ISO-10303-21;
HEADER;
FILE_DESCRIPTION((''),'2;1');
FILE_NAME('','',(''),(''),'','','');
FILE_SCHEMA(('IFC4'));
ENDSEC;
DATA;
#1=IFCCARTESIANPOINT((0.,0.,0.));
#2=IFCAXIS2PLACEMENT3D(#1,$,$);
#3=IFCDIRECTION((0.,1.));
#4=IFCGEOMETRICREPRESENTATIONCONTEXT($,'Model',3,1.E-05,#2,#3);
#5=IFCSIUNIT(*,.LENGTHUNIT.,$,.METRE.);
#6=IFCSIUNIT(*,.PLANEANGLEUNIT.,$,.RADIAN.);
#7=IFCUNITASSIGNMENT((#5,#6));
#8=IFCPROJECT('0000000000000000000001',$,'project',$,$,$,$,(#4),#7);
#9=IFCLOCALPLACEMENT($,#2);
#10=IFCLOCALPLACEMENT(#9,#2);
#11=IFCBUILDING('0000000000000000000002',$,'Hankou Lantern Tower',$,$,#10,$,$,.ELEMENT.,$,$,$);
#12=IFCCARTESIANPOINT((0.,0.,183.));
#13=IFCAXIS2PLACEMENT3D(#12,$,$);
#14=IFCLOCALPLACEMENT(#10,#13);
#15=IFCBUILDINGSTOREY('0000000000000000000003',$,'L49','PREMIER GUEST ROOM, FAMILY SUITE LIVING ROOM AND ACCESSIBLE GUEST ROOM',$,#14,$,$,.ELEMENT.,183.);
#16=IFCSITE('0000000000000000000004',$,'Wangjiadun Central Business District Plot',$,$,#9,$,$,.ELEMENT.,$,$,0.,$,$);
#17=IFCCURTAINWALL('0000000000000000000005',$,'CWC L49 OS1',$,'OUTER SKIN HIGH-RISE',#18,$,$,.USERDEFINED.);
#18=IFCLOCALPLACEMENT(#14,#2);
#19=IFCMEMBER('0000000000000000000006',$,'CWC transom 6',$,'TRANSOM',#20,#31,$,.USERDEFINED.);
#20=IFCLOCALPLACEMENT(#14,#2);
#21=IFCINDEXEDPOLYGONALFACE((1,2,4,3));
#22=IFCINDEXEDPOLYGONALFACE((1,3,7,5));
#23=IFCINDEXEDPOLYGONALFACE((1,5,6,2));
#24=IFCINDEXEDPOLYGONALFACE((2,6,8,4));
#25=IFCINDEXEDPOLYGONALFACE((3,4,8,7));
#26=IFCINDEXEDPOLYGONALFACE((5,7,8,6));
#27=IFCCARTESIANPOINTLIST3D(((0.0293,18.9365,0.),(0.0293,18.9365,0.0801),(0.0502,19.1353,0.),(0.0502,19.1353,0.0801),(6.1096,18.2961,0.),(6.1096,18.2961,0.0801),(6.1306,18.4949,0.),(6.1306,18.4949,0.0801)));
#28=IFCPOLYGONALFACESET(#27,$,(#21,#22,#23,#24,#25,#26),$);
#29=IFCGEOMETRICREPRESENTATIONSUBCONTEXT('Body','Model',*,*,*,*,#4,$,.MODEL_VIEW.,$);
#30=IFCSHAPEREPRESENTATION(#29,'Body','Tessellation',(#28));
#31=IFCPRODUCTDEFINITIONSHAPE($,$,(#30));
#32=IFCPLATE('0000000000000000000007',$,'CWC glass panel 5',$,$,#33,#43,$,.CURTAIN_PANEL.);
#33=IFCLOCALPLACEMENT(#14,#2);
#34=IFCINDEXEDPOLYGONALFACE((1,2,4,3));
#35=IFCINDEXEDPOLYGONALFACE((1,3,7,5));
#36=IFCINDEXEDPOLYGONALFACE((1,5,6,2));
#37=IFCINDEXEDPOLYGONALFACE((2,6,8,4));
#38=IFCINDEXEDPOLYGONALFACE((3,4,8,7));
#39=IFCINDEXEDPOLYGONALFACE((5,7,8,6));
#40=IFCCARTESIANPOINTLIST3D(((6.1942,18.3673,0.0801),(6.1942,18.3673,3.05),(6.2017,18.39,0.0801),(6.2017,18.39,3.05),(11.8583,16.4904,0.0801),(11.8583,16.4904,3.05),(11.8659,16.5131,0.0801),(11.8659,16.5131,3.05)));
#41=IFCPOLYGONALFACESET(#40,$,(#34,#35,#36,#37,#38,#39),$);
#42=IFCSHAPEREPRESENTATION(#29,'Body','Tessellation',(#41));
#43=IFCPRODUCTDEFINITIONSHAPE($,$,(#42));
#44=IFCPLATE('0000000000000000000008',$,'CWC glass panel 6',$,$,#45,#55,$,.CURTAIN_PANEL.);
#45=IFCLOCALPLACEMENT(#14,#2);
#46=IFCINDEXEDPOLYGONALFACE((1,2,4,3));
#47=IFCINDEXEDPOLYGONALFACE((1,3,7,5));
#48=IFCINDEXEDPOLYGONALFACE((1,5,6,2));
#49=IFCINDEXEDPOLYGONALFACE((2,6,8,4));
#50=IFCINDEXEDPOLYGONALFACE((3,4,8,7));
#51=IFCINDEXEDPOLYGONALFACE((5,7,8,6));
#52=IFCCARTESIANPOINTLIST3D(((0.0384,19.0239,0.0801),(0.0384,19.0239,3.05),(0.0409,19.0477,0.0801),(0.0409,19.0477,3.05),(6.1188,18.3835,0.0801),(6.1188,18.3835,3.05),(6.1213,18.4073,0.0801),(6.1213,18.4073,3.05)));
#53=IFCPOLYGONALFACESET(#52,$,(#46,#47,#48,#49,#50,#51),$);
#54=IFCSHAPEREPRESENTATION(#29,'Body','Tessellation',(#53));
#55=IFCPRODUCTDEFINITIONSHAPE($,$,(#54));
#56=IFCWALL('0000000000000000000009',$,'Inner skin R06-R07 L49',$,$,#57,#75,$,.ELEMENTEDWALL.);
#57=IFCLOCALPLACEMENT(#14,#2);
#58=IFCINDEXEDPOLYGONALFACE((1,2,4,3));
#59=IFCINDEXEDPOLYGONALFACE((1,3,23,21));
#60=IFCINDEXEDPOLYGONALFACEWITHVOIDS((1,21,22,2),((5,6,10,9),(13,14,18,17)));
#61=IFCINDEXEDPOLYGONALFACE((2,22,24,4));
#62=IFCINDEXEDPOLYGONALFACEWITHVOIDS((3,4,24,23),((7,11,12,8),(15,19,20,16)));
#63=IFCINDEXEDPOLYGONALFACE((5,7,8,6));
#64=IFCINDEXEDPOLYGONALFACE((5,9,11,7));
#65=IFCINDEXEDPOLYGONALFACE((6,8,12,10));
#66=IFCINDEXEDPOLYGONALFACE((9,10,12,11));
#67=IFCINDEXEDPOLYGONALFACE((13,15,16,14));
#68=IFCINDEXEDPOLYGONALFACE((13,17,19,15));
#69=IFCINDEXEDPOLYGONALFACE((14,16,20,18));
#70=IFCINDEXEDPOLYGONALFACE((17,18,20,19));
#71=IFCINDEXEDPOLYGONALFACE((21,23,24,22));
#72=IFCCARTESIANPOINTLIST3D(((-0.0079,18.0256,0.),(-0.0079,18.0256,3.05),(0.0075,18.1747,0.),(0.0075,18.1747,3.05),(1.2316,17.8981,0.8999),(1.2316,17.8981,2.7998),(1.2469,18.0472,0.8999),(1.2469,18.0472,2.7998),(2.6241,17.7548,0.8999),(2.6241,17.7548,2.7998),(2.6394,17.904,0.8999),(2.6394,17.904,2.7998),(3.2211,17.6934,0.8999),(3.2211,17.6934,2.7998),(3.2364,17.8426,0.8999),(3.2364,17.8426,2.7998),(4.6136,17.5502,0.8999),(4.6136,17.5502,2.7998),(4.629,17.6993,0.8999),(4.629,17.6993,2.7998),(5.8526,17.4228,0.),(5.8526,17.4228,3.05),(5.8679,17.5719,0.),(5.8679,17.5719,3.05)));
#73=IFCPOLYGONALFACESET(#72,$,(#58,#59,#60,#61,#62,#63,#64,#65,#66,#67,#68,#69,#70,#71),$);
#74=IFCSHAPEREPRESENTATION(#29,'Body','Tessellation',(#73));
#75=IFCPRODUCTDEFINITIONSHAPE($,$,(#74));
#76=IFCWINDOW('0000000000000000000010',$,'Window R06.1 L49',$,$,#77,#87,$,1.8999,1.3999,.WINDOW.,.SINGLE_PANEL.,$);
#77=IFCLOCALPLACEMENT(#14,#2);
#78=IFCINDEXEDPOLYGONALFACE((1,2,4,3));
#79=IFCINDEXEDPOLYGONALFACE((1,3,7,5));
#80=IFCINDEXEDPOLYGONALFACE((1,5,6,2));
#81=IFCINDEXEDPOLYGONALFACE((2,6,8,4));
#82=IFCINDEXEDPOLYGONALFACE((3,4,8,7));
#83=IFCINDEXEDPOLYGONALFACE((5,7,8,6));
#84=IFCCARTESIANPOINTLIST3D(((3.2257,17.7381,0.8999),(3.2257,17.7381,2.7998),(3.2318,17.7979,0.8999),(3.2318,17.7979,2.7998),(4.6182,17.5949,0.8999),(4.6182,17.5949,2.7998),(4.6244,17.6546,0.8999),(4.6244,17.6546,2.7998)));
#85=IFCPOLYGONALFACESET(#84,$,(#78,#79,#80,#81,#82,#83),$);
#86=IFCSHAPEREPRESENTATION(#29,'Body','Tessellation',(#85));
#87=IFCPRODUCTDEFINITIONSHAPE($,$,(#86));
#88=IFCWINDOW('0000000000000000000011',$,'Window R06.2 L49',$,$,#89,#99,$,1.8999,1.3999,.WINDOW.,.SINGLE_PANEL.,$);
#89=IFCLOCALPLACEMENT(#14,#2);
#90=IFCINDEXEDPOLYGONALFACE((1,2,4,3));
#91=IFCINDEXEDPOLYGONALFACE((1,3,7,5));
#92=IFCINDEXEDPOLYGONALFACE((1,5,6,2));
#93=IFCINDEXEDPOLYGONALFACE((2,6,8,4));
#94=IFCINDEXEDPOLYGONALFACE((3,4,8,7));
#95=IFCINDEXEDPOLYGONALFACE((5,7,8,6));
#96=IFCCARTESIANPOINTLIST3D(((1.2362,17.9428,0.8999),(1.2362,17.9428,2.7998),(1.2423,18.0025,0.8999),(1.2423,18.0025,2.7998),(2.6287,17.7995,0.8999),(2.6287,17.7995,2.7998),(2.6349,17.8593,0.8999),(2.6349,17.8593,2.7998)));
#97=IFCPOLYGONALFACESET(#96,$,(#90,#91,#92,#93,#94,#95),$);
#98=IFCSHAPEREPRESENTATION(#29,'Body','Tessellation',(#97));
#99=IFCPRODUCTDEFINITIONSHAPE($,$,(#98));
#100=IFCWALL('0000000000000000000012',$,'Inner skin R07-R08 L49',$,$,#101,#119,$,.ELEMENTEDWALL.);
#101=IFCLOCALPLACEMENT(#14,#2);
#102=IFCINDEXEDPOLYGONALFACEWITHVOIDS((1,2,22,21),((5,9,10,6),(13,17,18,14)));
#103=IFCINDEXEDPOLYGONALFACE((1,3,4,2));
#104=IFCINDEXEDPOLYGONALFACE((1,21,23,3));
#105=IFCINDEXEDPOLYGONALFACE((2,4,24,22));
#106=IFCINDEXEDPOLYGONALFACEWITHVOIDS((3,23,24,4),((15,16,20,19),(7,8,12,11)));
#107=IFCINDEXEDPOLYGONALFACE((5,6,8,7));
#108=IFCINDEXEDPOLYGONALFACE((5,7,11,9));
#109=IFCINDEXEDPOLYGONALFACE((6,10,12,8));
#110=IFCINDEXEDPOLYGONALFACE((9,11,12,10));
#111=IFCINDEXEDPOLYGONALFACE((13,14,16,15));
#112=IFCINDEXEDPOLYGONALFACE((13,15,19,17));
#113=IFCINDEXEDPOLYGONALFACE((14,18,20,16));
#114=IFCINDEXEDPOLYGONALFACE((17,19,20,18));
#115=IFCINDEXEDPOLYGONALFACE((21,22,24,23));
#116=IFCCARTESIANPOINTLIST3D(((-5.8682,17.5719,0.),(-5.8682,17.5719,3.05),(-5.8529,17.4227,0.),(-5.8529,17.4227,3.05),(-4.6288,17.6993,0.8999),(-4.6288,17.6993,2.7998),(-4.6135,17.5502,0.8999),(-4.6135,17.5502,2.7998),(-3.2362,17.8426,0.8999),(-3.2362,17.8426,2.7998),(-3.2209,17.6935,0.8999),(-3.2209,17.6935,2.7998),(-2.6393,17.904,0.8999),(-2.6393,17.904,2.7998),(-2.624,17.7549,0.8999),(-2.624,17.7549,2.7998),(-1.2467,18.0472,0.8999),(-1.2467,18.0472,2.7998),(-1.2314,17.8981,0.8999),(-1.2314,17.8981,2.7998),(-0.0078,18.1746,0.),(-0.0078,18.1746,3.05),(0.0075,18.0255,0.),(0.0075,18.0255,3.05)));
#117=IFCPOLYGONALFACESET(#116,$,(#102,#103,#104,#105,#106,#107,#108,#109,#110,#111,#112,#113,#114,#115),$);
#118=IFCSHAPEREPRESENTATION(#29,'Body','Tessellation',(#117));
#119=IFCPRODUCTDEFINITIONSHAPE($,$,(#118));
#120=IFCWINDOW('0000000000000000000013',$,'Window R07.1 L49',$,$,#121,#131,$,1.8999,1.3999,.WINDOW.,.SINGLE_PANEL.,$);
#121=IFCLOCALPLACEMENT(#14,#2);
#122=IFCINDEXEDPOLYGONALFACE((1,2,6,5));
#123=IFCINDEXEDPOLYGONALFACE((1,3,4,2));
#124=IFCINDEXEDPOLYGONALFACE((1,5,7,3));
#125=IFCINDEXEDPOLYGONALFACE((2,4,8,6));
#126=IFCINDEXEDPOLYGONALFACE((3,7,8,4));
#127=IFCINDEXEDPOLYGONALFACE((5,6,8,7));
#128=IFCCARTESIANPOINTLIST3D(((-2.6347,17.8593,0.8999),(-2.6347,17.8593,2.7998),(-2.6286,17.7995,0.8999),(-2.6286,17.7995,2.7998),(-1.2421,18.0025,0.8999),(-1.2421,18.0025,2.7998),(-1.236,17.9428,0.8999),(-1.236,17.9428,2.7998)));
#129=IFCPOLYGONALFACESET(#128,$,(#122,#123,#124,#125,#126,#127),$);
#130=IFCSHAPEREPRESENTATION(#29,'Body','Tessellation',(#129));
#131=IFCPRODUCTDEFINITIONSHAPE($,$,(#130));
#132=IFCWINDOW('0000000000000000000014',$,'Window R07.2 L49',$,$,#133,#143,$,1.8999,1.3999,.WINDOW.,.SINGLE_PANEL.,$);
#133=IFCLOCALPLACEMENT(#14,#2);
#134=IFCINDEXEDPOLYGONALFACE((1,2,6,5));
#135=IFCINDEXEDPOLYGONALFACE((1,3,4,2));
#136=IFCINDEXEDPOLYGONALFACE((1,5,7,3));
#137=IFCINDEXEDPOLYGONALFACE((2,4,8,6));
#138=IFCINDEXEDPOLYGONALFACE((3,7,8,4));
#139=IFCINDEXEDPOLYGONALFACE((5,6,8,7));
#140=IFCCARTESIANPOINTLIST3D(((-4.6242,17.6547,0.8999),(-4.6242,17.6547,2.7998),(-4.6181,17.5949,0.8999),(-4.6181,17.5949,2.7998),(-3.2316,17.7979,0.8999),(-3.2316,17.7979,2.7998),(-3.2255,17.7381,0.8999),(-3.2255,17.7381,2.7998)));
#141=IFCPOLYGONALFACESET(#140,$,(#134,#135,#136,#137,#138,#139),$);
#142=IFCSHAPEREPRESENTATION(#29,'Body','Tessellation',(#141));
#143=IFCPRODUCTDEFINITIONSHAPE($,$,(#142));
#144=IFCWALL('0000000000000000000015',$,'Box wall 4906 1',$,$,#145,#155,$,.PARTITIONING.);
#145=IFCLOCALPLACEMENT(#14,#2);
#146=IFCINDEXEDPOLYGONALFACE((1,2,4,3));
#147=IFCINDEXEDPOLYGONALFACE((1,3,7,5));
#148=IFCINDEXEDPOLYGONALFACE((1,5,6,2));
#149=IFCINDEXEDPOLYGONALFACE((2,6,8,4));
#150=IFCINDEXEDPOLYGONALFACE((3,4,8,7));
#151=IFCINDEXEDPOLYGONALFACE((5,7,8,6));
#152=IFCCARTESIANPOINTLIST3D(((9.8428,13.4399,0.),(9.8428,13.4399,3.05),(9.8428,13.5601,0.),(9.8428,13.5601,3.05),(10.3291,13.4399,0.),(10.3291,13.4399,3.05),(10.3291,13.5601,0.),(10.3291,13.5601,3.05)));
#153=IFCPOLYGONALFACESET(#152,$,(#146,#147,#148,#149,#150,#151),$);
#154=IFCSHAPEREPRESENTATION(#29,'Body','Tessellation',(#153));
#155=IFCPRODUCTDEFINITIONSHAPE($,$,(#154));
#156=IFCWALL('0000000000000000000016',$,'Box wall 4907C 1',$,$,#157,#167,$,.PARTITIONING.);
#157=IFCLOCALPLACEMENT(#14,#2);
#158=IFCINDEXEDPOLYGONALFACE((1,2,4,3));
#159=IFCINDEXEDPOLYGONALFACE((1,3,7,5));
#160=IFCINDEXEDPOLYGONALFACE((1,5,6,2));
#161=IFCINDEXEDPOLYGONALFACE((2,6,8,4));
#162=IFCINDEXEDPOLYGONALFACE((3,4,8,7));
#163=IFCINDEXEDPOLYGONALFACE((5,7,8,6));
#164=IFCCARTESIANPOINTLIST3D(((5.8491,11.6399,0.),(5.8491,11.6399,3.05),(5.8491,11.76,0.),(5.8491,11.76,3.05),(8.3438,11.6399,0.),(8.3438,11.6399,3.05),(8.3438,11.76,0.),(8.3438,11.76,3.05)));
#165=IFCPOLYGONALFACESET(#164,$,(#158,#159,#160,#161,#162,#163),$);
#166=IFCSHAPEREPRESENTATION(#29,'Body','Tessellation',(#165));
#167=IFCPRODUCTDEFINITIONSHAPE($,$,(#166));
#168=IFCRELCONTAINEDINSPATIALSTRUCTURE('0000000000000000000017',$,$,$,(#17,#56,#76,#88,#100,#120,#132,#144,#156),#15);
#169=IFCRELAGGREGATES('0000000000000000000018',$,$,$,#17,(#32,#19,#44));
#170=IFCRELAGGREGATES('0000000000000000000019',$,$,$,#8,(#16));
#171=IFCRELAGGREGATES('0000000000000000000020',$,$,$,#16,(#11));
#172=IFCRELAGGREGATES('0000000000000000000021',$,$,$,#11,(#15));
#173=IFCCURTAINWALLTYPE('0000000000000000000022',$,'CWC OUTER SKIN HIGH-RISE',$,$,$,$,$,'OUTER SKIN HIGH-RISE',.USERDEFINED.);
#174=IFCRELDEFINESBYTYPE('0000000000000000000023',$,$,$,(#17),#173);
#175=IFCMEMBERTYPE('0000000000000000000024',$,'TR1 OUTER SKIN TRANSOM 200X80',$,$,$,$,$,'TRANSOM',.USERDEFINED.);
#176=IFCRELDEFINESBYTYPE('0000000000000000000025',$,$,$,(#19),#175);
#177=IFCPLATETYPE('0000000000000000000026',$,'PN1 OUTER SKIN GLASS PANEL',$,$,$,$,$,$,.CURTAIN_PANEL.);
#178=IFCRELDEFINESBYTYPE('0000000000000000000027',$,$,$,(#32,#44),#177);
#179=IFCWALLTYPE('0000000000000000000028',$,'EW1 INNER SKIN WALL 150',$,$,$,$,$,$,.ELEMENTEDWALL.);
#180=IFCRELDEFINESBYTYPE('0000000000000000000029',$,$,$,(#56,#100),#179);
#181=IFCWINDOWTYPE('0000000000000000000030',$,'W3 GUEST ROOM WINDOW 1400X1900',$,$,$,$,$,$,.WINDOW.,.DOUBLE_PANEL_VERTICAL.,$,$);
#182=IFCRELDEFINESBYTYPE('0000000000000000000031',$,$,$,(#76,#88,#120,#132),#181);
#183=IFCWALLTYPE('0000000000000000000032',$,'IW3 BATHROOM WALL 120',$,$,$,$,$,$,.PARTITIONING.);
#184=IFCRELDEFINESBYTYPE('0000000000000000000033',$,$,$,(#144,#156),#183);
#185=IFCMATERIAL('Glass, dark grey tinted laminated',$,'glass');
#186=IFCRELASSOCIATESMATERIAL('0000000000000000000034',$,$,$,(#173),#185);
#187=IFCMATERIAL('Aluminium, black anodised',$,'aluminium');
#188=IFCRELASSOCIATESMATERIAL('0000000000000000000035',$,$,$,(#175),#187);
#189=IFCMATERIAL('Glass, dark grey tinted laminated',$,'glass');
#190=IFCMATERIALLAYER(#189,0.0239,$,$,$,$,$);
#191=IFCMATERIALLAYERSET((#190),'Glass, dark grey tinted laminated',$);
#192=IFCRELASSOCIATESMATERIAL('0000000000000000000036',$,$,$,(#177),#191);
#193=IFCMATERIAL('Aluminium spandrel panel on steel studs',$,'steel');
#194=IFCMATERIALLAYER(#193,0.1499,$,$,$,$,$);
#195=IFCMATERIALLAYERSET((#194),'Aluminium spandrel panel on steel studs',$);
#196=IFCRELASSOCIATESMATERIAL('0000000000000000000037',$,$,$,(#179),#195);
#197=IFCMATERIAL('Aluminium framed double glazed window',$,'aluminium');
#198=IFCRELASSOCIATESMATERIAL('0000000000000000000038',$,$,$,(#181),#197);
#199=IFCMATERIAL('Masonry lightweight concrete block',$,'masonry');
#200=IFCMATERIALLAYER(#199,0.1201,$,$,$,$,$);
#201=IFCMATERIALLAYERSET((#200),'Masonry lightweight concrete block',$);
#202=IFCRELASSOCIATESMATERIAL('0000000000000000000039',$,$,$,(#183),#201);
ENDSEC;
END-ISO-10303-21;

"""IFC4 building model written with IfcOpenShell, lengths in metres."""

from ifc_helpers import new_model, si_unit, direction, frame, frame_2d, origin, origin_2d, place, context, subcontext, project, spatial, rectangle, extrude, material, layer, layer_set, material_profile, profile_set, type_object, element, fill, aggregate, save


model = new_model("IFC4")

# Units and contexts
model_context = context("Model", 3, precision=1e-05, world=origin(), true_north=direction((0.0, 1.0)))
body_context = subcontext(model_context, "Body", "Model", "MODEL_VIEW")
ifc_project = project(units=[si_unit("LENGTHUNIT", "METRE"), si_unit("PLANEANGLEUNIT", "RADIAN")], contexts=[model_context])

# Site, building, storey
site_placement = place(None, origin())
site = spatial("IfcSite", under=ifc_project, at=site_placement, Name="Wangjiadun Central Business District Plot", CompositionType="ELEMENT", RefElevation=0.0)
building_placement = place(site_placement, origin())
building = spatial("IfcBuilding", under=site, at=building_placement, Name="Hankou Lantern Tower", CompositionType="ELEMENT")
storey_placement = place(building_placement, frame((0.0, 0.0, 183.0)))
storey = spatial("IfcBuildingStorey", under=building, at=storey_placement, Name="L49", Description="PREMIER GUEST ROOM, FAMILY SUITE LIVING ROOM AND ACCESSIBLE GUEST ROOM", CompositionType="ELEMENT", Elevation=183.0)

# Curtain wall
ifc_material_1 = material(Name="Glass, dark grey tinted laminated", Category="glass")
curtain_wall_type = type_object("IfcCurtainWallType", Name="CWC OUTER SKIN HIGH-RISE", ElementType="OUTER SKIN HIGH-RISE", PredefinedType="USERDEFINED", material=ifc_material_1)
curtain_wall_1_placement = place(storey_placement, origin())
curtain_wall_1 = element("IfcCurtainWall", 1, at=curtain_wall_1_placement, inside=storey, type_object=curtain_wall_type, Name="CWC L49 OS1", ObjectType="OUTER SKIN HIGH-RISE", PredefinedType="USERDEFINED")

# Member
ifc_material_2 = material(Name="Aluminium, black anodised", Category="aluminium")
ifc_material_profile_1 = material_profile(ifc_material_2, rectangle(XDim=0.2, YDim=0.0801, at=origin_2d()), Name="TR1 200X80")
ifc_profile_set_1 = profile_set([ifc_material_profile_1], Name="Aluminium, black anodised")
member_type_1 = type_object("IfcMemberType", Name="TR1 OUTER SKIN TRANSOM 200X80", ElementType="TRANSOM", PredefinedType="USERDEFINED", material=ifc_profile_set_1)
member_1_placement = place(storey_placement, frame((6.1201, 18.3955, 0.04), z_axis=(-0.9945, 0.104741, 0.0), x_axis=(-0.104741, -0.9945, 0.0)))
member_1 = element("IfcMember", 2, at=member_1_placement, type_object=member_type_1, Name="CWC transom 6", ObjectType="TRANSOM", PredefinedType="USERDEFINED", context=body_context, shape_type="SweptSolid", body=[
    extrude(rectangle(XDim=0.2, YDim=0.0801, at=origin_2d()), origin(), (0.0, 0.0, 1.0), 6.114),
])

# Plates
ifc_material_3 = material(Name="Glass, dark grey tinted laminated", Category="glass")
ifc_layer_1 = layer(ifc_material_3, 0.0239)
ifc_layer_set_1 = layer_set([ifc_layer_1], Name="Glass, dark grey tinted laminated")
plate_type = type_object("IfcPlateType", Name="PN1 OUTER SKIN GLASS PANEL", PredefinedType="CURTAIN_PANEL", material=ifc_layer_set_1)
plate_1_placement = place(storey_placement, frame((9.03, 17.4402, 0.0801), z_axis=(0.0, 0.0, 1.0), x_axis=(-0.949241, 0.314551, 0.0)))
plate_1 = element("IfcPlate", 3, at=plate_1_placement, type_object=plate_type, Name="CWC glass panel 5", PredefinedType="CURTAIN_PANEL", context=body_context, shape_type="SweptSolid", body=[
    extrude(rectangle(XDim=5.967, YDim=0.0239, at=origin_2d()), origin(), (0.0, 0.0, 1.0), 2.97),
])
plate_2_placement = place(storey_placement, frame((3.0798, 18.7156, 0.0801), z_axis=(0.0, 0.0, 1.0), x_axis=(-0.994499, 0.104743, 0.0)))
plate_2 = element("IfcPlate", 4, at=plate_2_placement, type_object=plate_type, Name="CWC glass panel 6", PredefinedType="CURTAIN_PANEL", context=body_context, shape_type="SweptSolid", body=[
    extrude(rectangle(XDim=6.114, YDim=0.0239, at=origin_2d()), origin(), (0.0, 0.0, 1.0), 2.97),
])
aggregate(curtain_wall_1, [plate_1, member_1, plate_2])

# Walls, openings, windows
ifc_material_4 = material(Name="Aluminium spandrel panel on steel studs", Category="steel")
ifc_layer_2 = layer(ifc_material_4, 0.1499)
ifc_layer_set_2 = layer_set([ifc_layer_2], Name="Aluminium spandrel panel on steel studs")
wall_type_1 = type_object("IfcWallType", Name="EW1 INNER SKIN WALL 150", PredefinedType="ELEMENTEDWALL", material=ifc_layer_set_2)
wall_1_placement = place(storey_placement, frame((5.8604, 17.4973, 0.0), z_axis=(0.0, 0.0, 1.0), x_axis=(-0.994752, 0.102318, 0.0)))
wall_1 = element("IfcWall", 5, at=wall_1_placement, inside=storey, type_object=wall_type_1, Name="Inner skin R06-R07 L49", PredefinedType="ELEMENTEDWALL", context=body_context, shape_type="SweptSolid", body=[
    extrude(rectangle(XDim=5.8914, YDim=0.1499, at=frame_2d((2.9458, 0.0))), origin(), (0.0, 0.0, 1.0), 3.05),
])
opening_1_placement = place(wall_1_placement, frame((1.2456, 0.0, 0.8999)))
opening_1 = element("IfcOpeningElement", 6, at=opening_1_placement, cuts=wall_1, PredefinedType="OPENING", context=body_context, shape_type="SweptSolid", body=[
    extrude(rectangle(XDim=1.3999, YDim=1.8999, at=frame_2d((0.7, 0.95))), frame((0.0, 0.085, 0.0), z_axis=(0.0, -1.0, 0.0), x_axis=(1.0, 0.0, 0.0)), (0.0, 0.0, 1.0), 0.1699),
])
opening_2_placement = place(wall_1_placement, frame((3.2456, 0.0, 0.8999)))
opening_2 = element("IfcOpeningElement", 7, at=opening_2_placement, cuts=wall_1, PredefinedType="OPENING", context=body_context, shape_type="SweptSolid", body=[
    extrude(rectangle(XDim=1.3999, YDim=1.8999, at=frame_2d((0.7, 0.95))), frame((0.0, 0.085, 0.0), z_axis=(0.0, -1.0, 0.0), x_axis=(1.0, 0.0, 0.0)), (0.0, 0.0, 1.0), 0.1699),
])
ifc_material_5 = material(Name="Aluminium framed double glazed window", Category="aluminium")
window_type = type_object("IfcWindowType", Name="W3 GUEST ROOM WINDOW 1400X1900", PartitioningType="DOUBLE_PANEL_VERTICAL", PredefinedType="WINDOW", material=ifc_material_5)
window_1_placement = place(opening_1_placement, origin())
window_1 = element("IfcWindow", 8, at=window_1_placement, inside=storey, type_object=window_type, Name="Window R06.1 L49", OverallHeight=1.8999, OverallWidth=1.3999, PartitioningType="SINGLE_PANEL", PredefinedType="WINDOW", context=body_context, shape_type="SweptSolid", body=[
    extrude(rectangle(XDim=1.3999, YDim=1.8999, at=frame_2d((0.7, 0.95))), frame((0.0, 0.03, 0.0), z_axis=(0.0, -1.0, 0.0), x_axis=(1.0, 0.0, 0.0)), (0.0, 0.0, 1.0), 0.0601),
])
fill(opening_1, window_1)
window_2_placement = place(opening_2_placement, origin())
window_2 = element("IfcWindow", 9, at=window_2_placement, inside=storey, type_object=window_type, Name="Window R06.2 L49", OverallHeight=1.8999, OverallWidth=1.3999, PartitioningType="SINGLE_PANEL", PredefinedType="WINDOW", context=body_context, shape_type="SweptSolid", body=[
    extrude(rectangle(XDim=1.3999, YDim=1.8999, at=frame_2d((0.7, 0.95))), frame((0.0, 0.03, 0.0), z_axis=(0.0, -1.0, 0.0), x_axis=(1.0, 0.0, 0.0)), (0.0, 0.0, 1.0), 0.0601),
])
fill(opening_2, window_2)
wall_2_placement = place(storey_placement, frame((0.0, 18.1001, 0.0), z_axis=(0.0, 0.0, 1.0), x_axis=(-0.994752, -0.102318, 0.0)))
wall_2 = element("IfcWall", 10, at=wall_2_placement, inside=storey, type_object=wall_type_1, Name="Inner skin R07-R08 L49", PredefinedType="ELEMENTEDWALL", context=body_context, shape_type="SweptSolid", body=[
    extrude(rectangle(XDim=5.8914, YDim=0.1499, at=frame_2d((2.9458, 0.0))), origin(), (0.0, 0.0, 1.0), 3.05),
])
opening_3_placement = place(wall_2_placement, frame((1.2456, 0.0, 0.8999)))
opening_3 = element("IfcOpeningElement", 11, at=opening_3_placement, cuts=wall_2, PredefinedType="OPENING", context=body_context, shape_type="SweptSolid", body=[
    extrude(rectangle(XDim=1.3999, YDim=1.8999, at=frame_2d((0.7, 0.95))), frame((0.0, 0.085, 0.0), z_axis=(0.0, -1.0, 0.0), x_axis=(1.0, 0.0, 0.0)), (0.0, 0.0, 1.0), 0.1699),
])
opening_4_placement = place(wall_2_placement, frame((3.2456, 0.0, 0.8999)))
opening_4 = element("IfcOpeningElement", 12, at=opening_4_placement, cuts=wall_2, PredefinedType="OPENING", context=body_context, shape_type="SweptSolid", body=[
    extrude(rectangle(XDim=1.3999, YDim=1.8999, at=frame_2d((0.7, 0.95))), frame((0.0, 0.085, 0.0), z_axis=(0.0, -1.0, 0.0), x_axis=(1.0, 0.0, 0.0)), (0.0, 0.0, 1.0), 0.1699),
])
window_3_placement = place(opening_3_placement, origin())
window_3 = element("IfcWindow", 13, at=window_3_placement, inside=storey, type_object=window_type, Name="Window R07.1 L49", OverallHeight=1.8999, OverallWidth=1.3999, PartitioningType="SINGLE_PANEL", PredefinedType="WINDOW", context=body_context, shape_type="SweptSolid", body=[
    extrude(rectangle(XDim=1.3999, YDim=1.8999, at=frame_2d((0.7, 0.95))), frame((0.0, 0.03, 0.0), z_axis=(0.0, -1.0, 0.0), x_axis=(1.0, 0.0, 0.0)), (0.0, 0.0, 1.0), 0.0601),
])
fill(opening_3, window_3)
window_4_placement = place(opening_4_placement, origin())
window_4 = element("IfcWindow", 14, at=window_4_placement, inside=storey, type_object=window_type, Name="Window R07.2 L49", OverallHeight=1.8999, OverallWidth=1.3999, PartitioningType="SINGLE_PANEL", PredefinedType="WINDOW", context=body_context, shape_type="SweptSolid", body=[
    extrude(rectangle(XDim=1.3999, YDim=1.8999, at=frame_2d((0.7, 0.95))), frame((0.0, 0.03, 0.0), z_axis=(0.0, -1.0, 0.0), x_axis=(1.0, 0.0, 0.0)), (0.0, 0.0, 1.0), 0.0601),
])
fill(opening_4, window_4)

# Walls
ifc_material_6 = material(Name="Masonry lightweight concrete block", Category="masonry")
ifc_layer_3 = layer(ifc_material_6, 0.1201)
ifc_layer_set_3 = layer_set([ifc_layer_3], Name="Masonry lightweight concrete block")
wall_type_2 = type_object("IfcWallType", Name="IW3 BATHROOM WALL 120", PredefinedType="PARTITIONING", material=ifc_layer_set_3)
wall_3_placement = place(storey_placement, frame((9.8428, 13.5, 0.0), z_axis=(0.0, 0.0, 1.0), x_axis=(1.0, 0.0, 0.0)))
element("IfcWall", 15, at=wall_3_placement, inside=storey, type_object=wall_type_2, Name="Box wall 4906 1", PredefinedType="PARTITIONING", context=body_context, shape_type="SweptSolid", body=[
    extrude(rectangle(XDim=0.4863, YDim=0.1201, at=frame_2d((0.2432, 0.0))), origin(), (0.0, 0.0, 1.0), 3.05),
])
wall_4_placement = place(storey_placement, frame((8.3438, 11.7, 0.0), z_axis=(0.0, 0.0, 1.0), x_axis=(-1.0, 0.0, 0.0)))
element("IfcWall", 16, at=wall_4_placement, inside=storey, type_object=wall_type_2, Name="Box wall 4907C 1", PredefinedType="PARTITIONING", context=body_context, shape_type="SweptSolid", body=[
    extrude(rectangle(XDim=2.4946, YDim=0.1201, at=frame_2d((1.2473, 0.0))), origin(), (0.0, 0.0, 1.0), 3.05),
])

save(model, "model.ifc")
